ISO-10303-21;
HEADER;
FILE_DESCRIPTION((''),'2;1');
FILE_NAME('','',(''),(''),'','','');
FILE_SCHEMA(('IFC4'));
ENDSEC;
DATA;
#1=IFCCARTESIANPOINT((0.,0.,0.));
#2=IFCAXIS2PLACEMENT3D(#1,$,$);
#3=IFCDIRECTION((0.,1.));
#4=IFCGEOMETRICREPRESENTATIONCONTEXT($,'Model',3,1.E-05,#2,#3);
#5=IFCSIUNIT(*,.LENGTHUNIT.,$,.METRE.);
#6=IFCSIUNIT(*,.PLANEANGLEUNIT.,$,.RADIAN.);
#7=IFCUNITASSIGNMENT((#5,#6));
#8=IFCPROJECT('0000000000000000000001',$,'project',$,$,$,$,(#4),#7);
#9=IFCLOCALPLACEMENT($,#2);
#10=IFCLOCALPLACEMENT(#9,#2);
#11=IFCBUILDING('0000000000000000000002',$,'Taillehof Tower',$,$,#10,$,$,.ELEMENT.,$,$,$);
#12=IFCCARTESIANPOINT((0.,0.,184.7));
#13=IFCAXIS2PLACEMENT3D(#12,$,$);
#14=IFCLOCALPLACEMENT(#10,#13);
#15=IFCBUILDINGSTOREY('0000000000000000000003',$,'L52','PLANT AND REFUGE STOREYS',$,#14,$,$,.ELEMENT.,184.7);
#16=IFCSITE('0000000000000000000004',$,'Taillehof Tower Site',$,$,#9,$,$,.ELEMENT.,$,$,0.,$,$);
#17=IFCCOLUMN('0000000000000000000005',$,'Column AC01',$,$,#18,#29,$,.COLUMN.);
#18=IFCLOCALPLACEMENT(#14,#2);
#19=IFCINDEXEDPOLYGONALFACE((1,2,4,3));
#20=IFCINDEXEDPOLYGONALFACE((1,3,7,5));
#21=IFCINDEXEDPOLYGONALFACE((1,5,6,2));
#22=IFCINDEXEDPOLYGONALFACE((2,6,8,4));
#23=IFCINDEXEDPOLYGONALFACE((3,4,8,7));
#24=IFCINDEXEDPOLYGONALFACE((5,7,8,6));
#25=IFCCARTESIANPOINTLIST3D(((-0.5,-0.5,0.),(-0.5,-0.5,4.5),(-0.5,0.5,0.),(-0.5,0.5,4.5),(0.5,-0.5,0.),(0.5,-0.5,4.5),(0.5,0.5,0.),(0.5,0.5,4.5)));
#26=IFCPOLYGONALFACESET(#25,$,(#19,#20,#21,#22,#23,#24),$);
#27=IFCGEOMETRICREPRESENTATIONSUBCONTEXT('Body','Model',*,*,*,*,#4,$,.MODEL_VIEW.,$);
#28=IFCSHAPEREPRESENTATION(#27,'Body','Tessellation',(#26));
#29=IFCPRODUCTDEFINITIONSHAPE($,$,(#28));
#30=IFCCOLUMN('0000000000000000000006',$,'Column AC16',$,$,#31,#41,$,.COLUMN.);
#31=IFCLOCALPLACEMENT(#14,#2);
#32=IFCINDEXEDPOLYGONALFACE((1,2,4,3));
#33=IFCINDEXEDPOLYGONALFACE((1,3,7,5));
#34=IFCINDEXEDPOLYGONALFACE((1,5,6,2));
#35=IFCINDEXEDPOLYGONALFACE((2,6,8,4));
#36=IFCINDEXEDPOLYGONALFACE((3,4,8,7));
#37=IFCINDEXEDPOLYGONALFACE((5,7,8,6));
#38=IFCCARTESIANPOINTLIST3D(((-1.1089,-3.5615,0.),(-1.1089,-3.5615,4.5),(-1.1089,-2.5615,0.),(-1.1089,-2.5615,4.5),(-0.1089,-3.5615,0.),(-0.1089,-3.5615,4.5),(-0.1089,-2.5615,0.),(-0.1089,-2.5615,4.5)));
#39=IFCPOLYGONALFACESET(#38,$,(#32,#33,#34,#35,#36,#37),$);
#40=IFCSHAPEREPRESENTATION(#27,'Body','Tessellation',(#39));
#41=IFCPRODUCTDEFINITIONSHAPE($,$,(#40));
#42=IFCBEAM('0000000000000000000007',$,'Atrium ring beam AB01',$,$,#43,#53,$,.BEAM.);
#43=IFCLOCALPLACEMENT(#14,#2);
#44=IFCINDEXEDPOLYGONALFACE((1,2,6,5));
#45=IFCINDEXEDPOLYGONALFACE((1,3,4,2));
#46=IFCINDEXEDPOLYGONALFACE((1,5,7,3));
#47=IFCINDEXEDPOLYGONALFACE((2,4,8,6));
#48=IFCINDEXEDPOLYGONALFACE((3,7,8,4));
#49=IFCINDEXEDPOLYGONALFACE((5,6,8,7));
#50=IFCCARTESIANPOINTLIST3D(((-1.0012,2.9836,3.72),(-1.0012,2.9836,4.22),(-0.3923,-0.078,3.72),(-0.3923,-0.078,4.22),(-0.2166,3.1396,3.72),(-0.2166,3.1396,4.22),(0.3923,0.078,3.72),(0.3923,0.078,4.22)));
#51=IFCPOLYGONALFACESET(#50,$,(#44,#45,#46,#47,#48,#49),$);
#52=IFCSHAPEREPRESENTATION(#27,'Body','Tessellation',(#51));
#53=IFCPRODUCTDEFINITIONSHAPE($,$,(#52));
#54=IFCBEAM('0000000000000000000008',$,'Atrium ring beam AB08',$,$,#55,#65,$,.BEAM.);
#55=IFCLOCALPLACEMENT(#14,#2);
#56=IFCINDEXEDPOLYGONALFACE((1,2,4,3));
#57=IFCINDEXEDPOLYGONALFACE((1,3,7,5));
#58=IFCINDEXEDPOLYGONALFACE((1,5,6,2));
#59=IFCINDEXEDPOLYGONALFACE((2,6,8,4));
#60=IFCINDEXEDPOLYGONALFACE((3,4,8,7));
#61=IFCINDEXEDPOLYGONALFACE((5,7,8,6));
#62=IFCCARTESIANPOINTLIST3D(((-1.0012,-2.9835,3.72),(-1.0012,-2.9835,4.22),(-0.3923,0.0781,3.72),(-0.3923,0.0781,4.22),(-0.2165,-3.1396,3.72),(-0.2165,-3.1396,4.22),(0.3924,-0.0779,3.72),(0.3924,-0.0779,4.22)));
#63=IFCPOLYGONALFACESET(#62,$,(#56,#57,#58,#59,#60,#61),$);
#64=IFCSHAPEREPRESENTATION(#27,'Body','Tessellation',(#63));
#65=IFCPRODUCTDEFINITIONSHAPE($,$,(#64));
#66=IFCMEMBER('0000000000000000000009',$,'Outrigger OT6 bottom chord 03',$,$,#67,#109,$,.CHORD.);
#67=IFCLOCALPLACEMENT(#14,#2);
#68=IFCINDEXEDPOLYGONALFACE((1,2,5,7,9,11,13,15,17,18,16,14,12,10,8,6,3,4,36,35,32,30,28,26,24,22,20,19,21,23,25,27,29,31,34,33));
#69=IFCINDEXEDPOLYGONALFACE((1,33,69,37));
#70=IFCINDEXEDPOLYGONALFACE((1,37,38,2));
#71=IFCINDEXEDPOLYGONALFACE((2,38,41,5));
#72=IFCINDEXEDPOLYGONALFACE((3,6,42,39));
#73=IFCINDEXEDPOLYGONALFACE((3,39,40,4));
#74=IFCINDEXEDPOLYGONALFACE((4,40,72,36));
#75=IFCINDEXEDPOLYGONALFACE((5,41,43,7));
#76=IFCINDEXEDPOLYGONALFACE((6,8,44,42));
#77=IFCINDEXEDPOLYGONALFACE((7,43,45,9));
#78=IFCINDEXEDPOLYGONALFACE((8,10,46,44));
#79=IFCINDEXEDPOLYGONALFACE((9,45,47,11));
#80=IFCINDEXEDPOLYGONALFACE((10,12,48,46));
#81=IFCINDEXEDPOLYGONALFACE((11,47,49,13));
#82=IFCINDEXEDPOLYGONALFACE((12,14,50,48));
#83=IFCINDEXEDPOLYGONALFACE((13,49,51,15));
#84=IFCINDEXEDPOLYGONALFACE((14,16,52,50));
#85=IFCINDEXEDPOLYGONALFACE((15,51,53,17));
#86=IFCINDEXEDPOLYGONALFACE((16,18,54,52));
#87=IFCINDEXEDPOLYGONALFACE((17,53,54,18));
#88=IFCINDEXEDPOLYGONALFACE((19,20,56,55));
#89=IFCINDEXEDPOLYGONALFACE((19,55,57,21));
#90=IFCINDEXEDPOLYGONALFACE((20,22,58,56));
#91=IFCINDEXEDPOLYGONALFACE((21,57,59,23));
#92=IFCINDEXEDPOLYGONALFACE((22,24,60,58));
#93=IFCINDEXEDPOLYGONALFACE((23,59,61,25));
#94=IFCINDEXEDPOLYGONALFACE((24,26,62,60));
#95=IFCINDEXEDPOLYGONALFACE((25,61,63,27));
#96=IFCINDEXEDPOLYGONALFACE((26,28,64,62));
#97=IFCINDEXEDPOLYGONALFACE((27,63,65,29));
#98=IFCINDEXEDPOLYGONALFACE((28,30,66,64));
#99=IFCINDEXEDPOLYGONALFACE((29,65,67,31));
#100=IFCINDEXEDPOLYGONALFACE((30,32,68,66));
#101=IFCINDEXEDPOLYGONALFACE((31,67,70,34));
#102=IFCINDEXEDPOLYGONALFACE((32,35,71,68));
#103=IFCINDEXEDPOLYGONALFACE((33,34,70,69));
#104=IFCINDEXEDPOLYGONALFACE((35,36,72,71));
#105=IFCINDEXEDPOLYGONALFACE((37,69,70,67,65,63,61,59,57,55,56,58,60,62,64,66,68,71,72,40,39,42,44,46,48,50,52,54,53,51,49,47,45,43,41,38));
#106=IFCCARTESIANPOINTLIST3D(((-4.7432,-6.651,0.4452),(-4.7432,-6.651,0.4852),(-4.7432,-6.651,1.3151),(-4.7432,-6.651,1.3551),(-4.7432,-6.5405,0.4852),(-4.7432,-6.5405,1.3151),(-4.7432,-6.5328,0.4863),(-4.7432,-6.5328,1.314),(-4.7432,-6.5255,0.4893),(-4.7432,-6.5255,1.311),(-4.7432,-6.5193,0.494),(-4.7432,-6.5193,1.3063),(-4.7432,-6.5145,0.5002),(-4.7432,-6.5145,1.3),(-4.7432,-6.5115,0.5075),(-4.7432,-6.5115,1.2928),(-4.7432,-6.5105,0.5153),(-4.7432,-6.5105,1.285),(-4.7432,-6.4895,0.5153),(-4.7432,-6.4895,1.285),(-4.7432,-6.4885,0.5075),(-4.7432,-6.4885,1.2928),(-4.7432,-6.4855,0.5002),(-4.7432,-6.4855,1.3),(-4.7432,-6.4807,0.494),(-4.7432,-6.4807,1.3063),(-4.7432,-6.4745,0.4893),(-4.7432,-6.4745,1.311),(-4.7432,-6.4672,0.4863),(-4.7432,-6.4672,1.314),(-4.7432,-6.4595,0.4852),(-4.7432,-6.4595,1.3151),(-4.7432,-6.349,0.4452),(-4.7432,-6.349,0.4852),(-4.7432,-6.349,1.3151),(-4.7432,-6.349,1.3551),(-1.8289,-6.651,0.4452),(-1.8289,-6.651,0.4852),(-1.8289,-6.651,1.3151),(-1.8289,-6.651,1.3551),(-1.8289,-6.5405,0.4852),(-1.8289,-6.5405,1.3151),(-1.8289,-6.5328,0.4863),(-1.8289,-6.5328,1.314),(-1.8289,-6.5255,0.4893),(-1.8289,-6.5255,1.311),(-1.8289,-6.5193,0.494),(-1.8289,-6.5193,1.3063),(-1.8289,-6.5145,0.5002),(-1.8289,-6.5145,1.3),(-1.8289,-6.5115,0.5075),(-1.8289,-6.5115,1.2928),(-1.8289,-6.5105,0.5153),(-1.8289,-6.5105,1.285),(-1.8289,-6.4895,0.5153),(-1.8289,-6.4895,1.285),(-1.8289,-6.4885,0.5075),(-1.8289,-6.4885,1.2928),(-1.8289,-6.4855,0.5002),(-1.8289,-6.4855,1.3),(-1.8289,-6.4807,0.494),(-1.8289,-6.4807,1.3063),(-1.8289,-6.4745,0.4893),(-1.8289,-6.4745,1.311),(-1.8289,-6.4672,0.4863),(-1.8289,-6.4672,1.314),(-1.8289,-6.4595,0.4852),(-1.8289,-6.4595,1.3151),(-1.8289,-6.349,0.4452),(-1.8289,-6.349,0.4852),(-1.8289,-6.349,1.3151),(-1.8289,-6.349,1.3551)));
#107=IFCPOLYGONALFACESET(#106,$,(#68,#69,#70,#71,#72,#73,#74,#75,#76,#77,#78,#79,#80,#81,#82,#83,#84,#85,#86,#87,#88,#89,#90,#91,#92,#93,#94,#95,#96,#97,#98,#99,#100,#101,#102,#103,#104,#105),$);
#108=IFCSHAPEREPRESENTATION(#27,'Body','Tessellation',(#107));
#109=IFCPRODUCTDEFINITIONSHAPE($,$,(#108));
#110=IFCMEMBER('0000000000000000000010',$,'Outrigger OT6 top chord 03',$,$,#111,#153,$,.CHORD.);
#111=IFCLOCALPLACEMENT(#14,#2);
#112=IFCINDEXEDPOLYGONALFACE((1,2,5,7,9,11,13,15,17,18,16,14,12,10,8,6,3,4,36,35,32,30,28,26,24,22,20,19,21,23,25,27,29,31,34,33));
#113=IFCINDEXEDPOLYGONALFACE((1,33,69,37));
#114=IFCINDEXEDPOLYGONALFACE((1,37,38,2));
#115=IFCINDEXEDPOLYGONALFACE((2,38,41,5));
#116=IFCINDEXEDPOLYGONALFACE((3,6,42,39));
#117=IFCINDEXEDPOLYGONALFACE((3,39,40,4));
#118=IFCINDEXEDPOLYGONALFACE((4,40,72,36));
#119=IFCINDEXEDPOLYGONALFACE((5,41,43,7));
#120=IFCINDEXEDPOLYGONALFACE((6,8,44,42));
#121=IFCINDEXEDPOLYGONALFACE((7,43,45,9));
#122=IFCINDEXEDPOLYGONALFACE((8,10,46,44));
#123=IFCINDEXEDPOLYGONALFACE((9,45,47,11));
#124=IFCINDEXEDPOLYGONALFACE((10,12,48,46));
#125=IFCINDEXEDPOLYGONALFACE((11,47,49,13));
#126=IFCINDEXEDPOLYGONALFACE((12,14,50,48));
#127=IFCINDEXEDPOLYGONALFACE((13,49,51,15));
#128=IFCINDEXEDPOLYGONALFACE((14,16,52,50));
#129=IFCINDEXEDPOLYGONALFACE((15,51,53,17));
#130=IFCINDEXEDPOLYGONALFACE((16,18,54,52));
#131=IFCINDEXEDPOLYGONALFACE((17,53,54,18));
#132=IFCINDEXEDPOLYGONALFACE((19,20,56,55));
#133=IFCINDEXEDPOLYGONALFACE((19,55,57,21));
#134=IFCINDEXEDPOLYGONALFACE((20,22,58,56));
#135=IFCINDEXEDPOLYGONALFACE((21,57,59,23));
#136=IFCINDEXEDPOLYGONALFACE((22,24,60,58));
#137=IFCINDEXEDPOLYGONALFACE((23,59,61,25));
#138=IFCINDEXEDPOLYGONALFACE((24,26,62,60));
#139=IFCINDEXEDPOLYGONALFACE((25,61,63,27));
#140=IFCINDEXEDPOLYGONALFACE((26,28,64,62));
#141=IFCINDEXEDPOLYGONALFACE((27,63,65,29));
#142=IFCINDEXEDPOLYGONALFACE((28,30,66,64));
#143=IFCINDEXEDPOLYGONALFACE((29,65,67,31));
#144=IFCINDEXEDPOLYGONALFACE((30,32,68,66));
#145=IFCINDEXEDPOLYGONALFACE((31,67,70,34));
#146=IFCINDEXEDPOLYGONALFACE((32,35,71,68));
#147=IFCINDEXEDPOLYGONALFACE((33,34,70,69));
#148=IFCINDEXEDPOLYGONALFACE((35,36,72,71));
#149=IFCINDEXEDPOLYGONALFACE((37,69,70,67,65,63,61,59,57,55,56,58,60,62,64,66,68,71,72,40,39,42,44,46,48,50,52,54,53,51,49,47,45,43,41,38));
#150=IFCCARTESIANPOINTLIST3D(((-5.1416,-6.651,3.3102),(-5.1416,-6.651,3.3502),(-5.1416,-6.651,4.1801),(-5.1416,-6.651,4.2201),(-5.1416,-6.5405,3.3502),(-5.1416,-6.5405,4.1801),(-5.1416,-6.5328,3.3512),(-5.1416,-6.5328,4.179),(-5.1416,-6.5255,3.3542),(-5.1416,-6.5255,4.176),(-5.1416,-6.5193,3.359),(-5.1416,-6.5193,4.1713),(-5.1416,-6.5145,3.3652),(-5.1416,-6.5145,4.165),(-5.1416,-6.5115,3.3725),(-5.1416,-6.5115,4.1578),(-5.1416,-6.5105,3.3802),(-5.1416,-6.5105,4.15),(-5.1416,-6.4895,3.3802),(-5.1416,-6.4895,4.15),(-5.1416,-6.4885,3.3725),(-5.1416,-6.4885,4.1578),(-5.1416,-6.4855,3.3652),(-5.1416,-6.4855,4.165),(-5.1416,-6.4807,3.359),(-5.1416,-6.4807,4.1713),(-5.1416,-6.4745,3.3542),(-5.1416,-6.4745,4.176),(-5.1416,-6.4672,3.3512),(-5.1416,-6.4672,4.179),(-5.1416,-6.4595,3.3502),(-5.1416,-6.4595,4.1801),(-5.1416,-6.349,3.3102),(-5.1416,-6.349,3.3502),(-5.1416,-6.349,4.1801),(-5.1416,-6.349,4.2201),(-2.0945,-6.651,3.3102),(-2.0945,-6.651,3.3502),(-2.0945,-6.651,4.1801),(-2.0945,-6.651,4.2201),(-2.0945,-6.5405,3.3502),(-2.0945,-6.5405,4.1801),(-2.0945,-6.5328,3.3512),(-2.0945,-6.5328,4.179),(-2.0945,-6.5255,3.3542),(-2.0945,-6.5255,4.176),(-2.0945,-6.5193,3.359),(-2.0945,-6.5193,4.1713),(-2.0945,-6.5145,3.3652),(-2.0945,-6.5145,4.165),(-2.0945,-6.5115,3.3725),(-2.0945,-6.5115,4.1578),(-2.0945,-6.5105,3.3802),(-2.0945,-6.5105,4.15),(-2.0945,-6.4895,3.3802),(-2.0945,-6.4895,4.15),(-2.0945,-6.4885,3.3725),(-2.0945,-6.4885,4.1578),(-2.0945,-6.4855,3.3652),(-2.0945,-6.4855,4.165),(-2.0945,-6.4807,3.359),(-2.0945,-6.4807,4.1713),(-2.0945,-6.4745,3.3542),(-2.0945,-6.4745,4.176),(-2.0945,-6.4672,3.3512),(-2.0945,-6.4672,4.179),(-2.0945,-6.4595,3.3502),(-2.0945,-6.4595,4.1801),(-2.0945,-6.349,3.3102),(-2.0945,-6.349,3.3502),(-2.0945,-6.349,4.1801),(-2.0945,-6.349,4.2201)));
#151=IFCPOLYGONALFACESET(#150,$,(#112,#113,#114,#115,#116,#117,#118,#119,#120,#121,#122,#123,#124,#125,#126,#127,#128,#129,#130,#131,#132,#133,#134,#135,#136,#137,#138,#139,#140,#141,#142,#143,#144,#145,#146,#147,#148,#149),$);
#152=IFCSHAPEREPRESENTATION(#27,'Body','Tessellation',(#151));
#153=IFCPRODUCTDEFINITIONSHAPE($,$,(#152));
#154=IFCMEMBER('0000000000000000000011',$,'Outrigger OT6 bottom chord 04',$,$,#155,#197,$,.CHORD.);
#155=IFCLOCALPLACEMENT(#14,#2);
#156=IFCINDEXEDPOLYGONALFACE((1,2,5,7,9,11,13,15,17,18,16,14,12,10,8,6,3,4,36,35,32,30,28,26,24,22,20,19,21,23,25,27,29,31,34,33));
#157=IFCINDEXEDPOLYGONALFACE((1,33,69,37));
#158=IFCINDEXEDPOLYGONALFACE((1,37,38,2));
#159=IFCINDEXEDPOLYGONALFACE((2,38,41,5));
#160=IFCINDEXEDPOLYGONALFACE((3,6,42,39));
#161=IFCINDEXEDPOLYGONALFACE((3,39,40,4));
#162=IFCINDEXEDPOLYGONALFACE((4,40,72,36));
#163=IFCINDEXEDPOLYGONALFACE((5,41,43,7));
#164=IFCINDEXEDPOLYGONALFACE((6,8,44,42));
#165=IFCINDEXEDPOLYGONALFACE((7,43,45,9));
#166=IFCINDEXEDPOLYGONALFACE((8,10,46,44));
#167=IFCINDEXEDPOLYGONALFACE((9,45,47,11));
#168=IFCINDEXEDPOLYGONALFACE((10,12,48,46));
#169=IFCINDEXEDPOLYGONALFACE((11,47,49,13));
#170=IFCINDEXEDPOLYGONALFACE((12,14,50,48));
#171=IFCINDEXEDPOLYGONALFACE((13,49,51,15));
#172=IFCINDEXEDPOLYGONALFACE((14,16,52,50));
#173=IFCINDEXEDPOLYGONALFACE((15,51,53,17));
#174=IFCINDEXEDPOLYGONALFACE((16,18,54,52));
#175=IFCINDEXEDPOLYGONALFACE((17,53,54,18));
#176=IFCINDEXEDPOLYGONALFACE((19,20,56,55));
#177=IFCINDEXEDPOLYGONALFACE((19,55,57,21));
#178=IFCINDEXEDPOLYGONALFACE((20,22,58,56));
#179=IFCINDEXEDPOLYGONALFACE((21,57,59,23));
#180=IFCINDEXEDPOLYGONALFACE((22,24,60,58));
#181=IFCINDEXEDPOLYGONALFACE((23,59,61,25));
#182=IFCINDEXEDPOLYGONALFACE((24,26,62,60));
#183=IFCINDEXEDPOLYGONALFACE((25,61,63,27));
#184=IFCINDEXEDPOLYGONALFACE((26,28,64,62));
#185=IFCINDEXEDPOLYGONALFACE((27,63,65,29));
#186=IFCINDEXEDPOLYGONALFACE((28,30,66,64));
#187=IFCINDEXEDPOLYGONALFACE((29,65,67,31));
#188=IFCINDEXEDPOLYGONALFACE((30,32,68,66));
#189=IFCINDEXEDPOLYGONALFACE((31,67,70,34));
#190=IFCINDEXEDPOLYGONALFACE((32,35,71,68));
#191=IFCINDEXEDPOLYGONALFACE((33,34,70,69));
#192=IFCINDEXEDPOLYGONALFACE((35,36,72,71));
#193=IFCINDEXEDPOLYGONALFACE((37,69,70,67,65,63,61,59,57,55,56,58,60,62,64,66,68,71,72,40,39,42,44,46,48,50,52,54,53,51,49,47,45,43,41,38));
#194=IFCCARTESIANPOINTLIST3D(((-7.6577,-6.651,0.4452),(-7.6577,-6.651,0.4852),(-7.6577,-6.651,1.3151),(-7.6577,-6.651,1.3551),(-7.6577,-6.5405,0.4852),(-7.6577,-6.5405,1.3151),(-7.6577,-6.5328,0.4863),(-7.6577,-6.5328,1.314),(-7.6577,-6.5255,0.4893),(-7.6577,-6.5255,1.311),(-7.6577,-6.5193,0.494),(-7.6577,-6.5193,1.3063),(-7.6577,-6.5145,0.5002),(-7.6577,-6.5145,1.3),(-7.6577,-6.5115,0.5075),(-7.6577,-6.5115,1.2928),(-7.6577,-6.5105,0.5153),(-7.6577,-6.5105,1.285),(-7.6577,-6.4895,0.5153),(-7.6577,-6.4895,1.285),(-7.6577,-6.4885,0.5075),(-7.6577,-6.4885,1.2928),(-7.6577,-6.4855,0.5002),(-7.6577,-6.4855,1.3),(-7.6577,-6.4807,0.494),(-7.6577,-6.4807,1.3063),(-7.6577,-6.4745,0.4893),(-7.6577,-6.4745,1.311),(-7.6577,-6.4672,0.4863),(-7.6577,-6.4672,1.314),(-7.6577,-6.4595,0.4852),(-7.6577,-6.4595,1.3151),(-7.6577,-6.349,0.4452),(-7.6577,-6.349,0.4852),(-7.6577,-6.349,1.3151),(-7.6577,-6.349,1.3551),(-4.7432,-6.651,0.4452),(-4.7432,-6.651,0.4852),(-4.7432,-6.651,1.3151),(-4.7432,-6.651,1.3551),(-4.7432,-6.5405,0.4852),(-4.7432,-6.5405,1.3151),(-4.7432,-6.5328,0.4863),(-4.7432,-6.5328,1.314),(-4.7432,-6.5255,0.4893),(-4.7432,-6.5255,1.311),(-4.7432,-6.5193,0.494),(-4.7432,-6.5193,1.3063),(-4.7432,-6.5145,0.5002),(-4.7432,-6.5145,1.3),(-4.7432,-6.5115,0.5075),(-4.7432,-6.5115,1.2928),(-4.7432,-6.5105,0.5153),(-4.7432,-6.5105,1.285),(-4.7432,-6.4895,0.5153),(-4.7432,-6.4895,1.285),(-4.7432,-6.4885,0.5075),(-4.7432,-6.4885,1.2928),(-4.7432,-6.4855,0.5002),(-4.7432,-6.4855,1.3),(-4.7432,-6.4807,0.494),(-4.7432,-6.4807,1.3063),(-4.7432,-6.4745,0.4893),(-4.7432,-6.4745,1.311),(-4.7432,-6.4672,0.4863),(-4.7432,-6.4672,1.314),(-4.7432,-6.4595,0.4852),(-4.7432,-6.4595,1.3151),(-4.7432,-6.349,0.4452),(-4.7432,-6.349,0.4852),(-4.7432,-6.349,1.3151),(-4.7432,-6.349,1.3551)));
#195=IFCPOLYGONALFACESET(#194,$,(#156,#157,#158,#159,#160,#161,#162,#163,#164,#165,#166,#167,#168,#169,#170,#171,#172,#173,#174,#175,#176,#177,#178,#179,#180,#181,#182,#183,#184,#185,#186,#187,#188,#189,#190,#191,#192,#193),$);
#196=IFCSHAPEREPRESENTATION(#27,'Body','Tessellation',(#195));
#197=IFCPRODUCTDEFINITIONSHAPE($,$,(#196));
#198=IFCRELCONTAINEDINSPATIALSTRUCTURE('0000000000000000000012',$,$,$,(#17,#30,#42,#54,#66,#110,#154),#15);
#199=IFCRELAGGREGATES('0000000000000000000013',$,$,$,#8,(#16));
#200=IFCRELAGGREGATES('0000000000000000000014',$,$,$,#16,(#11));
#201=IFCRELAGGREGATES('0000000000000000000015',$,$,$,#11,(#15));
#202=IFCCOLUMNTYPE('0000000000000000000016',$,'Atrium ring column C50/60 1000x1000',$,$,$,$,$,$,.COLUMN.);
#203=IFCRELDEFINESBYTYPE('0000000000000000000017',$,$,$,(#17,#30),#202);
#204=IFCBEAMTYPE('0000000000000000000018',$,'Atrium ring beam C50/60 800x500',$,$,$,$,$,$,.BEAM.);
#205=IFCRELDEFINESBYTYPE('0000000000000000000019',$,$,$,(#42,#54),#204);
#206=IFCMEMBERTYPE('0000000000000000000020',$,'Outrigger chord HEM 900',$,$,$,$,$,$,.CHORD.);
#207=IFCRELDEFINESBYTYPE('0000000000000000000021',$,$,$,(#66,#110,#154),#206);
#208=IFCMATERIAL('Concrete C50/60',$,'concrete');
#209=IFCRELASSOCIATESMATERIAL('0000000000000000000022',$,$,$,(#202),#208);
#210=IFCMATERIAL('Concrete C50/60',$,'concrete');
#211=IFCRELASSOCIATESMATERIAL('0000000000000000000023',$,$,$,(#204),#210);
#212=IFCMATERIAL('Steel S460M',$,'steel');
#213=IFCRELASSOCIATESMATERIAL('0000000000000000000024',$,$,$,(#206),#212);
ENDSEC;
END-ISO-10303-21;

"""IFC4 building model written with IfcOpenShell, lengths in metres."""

from ifc_helpers import new_model, si_unit, direction, frame, origin, origin_2d, place, context, subcontext, project, spatial, rectangle, i_section, extrude, material, material_profile, profile_set, type_object, element, save


model = new_model("IFC4")

# Units and contexts
model_context = context("Model", 3, precision=1e-05, world=origin(), true_north=direction((0.0, 1.0)))
body_context = subcontext(model_context, "Body", "Model", "MODEL_VIEW")
ifc_project = project(units=[si_unit("LENGTHUNIT", "METRE"), si_unit("PLANEANGLEUNIT", "RADIAN")], contexts=[model_context])

# Site, building, storey
site_placement = place(None, origin())
site = spatial("IfcSite", under=ifc_project, at=site_placement, Name="Taillehof Tower Site", CompositionType="ELEMENT", RefElevation=0.0)
building_placement = place(site_placement, origin())
building = spatial("IfcBuilding", under=site, at=building_placement, Name="Taillehof Tower", CompositionType="ELEMENT")
storey_placement = place(building_placement, frame((0.0, 0.0, 184.7)))
storey = spatial("IfcBuildingStorey", under=building, at=storey_placement, Name="L52", Description="PLANT AND REFUGE STOREYS", CompositionType="ELEMENT", Elevation=184.7)

# Columns
ifc_material_1 = material(Name="Concrete C50/60", Category="concrete")
ifc_material_profile_1 = material_profile(ifc_material_1, rectangle(XDim=1.0, YDim=1.0, at=origin_2d()), Name="RC 1000x1000")
ifc_profile_set_1 = profile_set([ifc_material_profile_1], Name="Concrete C50/60")
column_type = type_object("IfcColumnType", Name="Atrium ring column C50/60 1000x1000", PredefinedType="COLUMN", material=ifc_profile_set_1)
for number, where, z_axis, x_axis, name in (
    (1, (0.0, 0.0, 0.0), (0.0, 0.0, 1.0), (1.0, 0.0, 0.0), "Column AC01"),
    (2, (-0.6089, -3.0615, 0.0), (0.0, 0.0, 1.0), (1.0, 0.0, 0.0), "Column AC16"),
):
    element("IfcColumn", number, at=place(storey_placement, frame(where, z_axis=z_axis, x_axis=x_axis)), inside=storey, type_object=column_type, Name=name, PredefinedType="COLUMN", context=body_context, shape_type="SweptSolid", body=[
        extrude(rectangle(XDim=1.0, YDim=1.0, at=origin_2d()), origin(), (0.0, 0.0, 1.0), 4.5),
    ])

# Beams
ifc_material_2 = material(Name="Concrete C50/60", Category="concrete")
ifc_material_profile_2 = material_profile(ifc_material_2, rectangle(XDim=0.8, YDim=0.5, at=origin_2d()), Name="RC 800x500")
ifc_profile_set_2 = profile_set([ifc_material_profile_2], Name="Concrete C50/60")
beam_type_1 = type_object("IfcBeamType", Name="Atrium ring beam C50/60 800x500", PredefinedType="BEAM", material=ifc_profile_set_2)
for number, where, z_axis, x_axis, name in (
    (3, (0.0, 0.0, 3.97), (-0.195063, 0.980791, 0.0), (-0.980791, -0.195063, 0.0), "Atrium ring beam AB01"),
    (4, (-0.6089, -3.0615, 3.97), (0.195063, 0.980791, 0.0), (-0.980791, 0.195063, 0.0), "Atrium ring beam AB08"),
):
    element("IfcBeam", number, at=place(storey_placement, frame(where, z_axis=z_axis, x_axis=x_axis)), inside=storey, type_object=beam_type_1, Name=name, PredefinedType="BEAM", context=body_context, shape_type="SweptSolid", body=[
        extrude(rectangle(XDim=0.8, YDim=0.5, at=origin_2d()), origin(), (0.0, 0.0, 1.0), 3.1216),
    ])

# Members
ifc_material_3 = material(Name="Steel S460M", Category="steel")
ifc_material_profile_3 = material_profile(ifc_material_3, i_section(OverallWidth=0.302, OverallDepth=0.9099, WebThickness=0.021, FlangeThickness=0.04, FilletRadius=0.03, at=origin_2d()), Name="HEM 900")
ifc_profile_set_3 = profile_set([ifc_material_profile_3], Name="Steel S460M")
member_type_1 = type_object("IfcMemberType", Name="Outrigger chord HEM 900", PredefinedType="CHORD", material=ifc_profile_set_3)
member_1_placement = place(storey_placement, frame((-1.8289, -6.5, 0.9001), z_axis=(-1.0, 0.0, 0.0), x_axis=(0.0, -1.0, 0.0)))
element("IfcMember", 5, at=member_1_placement, inside=storey, type_object=member_type_1, Name="Outrigger OT6 bottom chord 03", PredefinedType="CHORD", context=body_context, shape_type="SweptSolid", body=[
    extrude(i_section(OverallWidth=0.302, OverallDepth=0.9099, WebThickness=0.021, FlangeThickness=0.04, FilletRadius=0.03, at=origin_2d()), origin(), (0.0, 0.0, 1.0), 2.9143),
])
member_2_placement = place(storey_placement, frame((-2.0945, -6.5, 3.7651), z_axis=(-1.0, 0.0, 0.0), x_axis=(0.0, -1.0, 0.0)))
element("IfcMember", 6, at=member_2_placement, inside=storey, type_object=member_type_1, Name="Outrigger OT6 top chord 03", PredefinedType="CHORD", context=body_context, shape_type="SweptSolid", body=[
    extrude(i_section(OverallWidth=0.302, OverallDepth=0.9099, WebThickness=0.021, FlangeThickness=0.04, FilletRadius=0.03, at=origin_2d()), origin(), (0.0, 0.0, 1.0), 3.0471),
])
member_3_placement = place(storey_placement, frame((-4.7432, -6.5, 0.9001), z_axis=(-1.0, 0.0, 0.0), x_axis=(0.0, -1.0, 0.0)))
element("IfcMember", 7, at=member_3_placement, inside=storey, type_object=member_type_1, Name="Outrigger OT6 bottom chord 04", PredefinedType="CHORD", context=body_context, shape_type="SweptSolid", body=[
    extrude(i_section(OverallWidth=0.302, OverallDepth=0.9099, WebThickness=0.021, FlangeThickness=0.04, FilletRadius=0.03, at=origin_2d()), origin(), (0.0, 0.0, 1.0), 2.9146),
])

save(model, "model.ifc")
